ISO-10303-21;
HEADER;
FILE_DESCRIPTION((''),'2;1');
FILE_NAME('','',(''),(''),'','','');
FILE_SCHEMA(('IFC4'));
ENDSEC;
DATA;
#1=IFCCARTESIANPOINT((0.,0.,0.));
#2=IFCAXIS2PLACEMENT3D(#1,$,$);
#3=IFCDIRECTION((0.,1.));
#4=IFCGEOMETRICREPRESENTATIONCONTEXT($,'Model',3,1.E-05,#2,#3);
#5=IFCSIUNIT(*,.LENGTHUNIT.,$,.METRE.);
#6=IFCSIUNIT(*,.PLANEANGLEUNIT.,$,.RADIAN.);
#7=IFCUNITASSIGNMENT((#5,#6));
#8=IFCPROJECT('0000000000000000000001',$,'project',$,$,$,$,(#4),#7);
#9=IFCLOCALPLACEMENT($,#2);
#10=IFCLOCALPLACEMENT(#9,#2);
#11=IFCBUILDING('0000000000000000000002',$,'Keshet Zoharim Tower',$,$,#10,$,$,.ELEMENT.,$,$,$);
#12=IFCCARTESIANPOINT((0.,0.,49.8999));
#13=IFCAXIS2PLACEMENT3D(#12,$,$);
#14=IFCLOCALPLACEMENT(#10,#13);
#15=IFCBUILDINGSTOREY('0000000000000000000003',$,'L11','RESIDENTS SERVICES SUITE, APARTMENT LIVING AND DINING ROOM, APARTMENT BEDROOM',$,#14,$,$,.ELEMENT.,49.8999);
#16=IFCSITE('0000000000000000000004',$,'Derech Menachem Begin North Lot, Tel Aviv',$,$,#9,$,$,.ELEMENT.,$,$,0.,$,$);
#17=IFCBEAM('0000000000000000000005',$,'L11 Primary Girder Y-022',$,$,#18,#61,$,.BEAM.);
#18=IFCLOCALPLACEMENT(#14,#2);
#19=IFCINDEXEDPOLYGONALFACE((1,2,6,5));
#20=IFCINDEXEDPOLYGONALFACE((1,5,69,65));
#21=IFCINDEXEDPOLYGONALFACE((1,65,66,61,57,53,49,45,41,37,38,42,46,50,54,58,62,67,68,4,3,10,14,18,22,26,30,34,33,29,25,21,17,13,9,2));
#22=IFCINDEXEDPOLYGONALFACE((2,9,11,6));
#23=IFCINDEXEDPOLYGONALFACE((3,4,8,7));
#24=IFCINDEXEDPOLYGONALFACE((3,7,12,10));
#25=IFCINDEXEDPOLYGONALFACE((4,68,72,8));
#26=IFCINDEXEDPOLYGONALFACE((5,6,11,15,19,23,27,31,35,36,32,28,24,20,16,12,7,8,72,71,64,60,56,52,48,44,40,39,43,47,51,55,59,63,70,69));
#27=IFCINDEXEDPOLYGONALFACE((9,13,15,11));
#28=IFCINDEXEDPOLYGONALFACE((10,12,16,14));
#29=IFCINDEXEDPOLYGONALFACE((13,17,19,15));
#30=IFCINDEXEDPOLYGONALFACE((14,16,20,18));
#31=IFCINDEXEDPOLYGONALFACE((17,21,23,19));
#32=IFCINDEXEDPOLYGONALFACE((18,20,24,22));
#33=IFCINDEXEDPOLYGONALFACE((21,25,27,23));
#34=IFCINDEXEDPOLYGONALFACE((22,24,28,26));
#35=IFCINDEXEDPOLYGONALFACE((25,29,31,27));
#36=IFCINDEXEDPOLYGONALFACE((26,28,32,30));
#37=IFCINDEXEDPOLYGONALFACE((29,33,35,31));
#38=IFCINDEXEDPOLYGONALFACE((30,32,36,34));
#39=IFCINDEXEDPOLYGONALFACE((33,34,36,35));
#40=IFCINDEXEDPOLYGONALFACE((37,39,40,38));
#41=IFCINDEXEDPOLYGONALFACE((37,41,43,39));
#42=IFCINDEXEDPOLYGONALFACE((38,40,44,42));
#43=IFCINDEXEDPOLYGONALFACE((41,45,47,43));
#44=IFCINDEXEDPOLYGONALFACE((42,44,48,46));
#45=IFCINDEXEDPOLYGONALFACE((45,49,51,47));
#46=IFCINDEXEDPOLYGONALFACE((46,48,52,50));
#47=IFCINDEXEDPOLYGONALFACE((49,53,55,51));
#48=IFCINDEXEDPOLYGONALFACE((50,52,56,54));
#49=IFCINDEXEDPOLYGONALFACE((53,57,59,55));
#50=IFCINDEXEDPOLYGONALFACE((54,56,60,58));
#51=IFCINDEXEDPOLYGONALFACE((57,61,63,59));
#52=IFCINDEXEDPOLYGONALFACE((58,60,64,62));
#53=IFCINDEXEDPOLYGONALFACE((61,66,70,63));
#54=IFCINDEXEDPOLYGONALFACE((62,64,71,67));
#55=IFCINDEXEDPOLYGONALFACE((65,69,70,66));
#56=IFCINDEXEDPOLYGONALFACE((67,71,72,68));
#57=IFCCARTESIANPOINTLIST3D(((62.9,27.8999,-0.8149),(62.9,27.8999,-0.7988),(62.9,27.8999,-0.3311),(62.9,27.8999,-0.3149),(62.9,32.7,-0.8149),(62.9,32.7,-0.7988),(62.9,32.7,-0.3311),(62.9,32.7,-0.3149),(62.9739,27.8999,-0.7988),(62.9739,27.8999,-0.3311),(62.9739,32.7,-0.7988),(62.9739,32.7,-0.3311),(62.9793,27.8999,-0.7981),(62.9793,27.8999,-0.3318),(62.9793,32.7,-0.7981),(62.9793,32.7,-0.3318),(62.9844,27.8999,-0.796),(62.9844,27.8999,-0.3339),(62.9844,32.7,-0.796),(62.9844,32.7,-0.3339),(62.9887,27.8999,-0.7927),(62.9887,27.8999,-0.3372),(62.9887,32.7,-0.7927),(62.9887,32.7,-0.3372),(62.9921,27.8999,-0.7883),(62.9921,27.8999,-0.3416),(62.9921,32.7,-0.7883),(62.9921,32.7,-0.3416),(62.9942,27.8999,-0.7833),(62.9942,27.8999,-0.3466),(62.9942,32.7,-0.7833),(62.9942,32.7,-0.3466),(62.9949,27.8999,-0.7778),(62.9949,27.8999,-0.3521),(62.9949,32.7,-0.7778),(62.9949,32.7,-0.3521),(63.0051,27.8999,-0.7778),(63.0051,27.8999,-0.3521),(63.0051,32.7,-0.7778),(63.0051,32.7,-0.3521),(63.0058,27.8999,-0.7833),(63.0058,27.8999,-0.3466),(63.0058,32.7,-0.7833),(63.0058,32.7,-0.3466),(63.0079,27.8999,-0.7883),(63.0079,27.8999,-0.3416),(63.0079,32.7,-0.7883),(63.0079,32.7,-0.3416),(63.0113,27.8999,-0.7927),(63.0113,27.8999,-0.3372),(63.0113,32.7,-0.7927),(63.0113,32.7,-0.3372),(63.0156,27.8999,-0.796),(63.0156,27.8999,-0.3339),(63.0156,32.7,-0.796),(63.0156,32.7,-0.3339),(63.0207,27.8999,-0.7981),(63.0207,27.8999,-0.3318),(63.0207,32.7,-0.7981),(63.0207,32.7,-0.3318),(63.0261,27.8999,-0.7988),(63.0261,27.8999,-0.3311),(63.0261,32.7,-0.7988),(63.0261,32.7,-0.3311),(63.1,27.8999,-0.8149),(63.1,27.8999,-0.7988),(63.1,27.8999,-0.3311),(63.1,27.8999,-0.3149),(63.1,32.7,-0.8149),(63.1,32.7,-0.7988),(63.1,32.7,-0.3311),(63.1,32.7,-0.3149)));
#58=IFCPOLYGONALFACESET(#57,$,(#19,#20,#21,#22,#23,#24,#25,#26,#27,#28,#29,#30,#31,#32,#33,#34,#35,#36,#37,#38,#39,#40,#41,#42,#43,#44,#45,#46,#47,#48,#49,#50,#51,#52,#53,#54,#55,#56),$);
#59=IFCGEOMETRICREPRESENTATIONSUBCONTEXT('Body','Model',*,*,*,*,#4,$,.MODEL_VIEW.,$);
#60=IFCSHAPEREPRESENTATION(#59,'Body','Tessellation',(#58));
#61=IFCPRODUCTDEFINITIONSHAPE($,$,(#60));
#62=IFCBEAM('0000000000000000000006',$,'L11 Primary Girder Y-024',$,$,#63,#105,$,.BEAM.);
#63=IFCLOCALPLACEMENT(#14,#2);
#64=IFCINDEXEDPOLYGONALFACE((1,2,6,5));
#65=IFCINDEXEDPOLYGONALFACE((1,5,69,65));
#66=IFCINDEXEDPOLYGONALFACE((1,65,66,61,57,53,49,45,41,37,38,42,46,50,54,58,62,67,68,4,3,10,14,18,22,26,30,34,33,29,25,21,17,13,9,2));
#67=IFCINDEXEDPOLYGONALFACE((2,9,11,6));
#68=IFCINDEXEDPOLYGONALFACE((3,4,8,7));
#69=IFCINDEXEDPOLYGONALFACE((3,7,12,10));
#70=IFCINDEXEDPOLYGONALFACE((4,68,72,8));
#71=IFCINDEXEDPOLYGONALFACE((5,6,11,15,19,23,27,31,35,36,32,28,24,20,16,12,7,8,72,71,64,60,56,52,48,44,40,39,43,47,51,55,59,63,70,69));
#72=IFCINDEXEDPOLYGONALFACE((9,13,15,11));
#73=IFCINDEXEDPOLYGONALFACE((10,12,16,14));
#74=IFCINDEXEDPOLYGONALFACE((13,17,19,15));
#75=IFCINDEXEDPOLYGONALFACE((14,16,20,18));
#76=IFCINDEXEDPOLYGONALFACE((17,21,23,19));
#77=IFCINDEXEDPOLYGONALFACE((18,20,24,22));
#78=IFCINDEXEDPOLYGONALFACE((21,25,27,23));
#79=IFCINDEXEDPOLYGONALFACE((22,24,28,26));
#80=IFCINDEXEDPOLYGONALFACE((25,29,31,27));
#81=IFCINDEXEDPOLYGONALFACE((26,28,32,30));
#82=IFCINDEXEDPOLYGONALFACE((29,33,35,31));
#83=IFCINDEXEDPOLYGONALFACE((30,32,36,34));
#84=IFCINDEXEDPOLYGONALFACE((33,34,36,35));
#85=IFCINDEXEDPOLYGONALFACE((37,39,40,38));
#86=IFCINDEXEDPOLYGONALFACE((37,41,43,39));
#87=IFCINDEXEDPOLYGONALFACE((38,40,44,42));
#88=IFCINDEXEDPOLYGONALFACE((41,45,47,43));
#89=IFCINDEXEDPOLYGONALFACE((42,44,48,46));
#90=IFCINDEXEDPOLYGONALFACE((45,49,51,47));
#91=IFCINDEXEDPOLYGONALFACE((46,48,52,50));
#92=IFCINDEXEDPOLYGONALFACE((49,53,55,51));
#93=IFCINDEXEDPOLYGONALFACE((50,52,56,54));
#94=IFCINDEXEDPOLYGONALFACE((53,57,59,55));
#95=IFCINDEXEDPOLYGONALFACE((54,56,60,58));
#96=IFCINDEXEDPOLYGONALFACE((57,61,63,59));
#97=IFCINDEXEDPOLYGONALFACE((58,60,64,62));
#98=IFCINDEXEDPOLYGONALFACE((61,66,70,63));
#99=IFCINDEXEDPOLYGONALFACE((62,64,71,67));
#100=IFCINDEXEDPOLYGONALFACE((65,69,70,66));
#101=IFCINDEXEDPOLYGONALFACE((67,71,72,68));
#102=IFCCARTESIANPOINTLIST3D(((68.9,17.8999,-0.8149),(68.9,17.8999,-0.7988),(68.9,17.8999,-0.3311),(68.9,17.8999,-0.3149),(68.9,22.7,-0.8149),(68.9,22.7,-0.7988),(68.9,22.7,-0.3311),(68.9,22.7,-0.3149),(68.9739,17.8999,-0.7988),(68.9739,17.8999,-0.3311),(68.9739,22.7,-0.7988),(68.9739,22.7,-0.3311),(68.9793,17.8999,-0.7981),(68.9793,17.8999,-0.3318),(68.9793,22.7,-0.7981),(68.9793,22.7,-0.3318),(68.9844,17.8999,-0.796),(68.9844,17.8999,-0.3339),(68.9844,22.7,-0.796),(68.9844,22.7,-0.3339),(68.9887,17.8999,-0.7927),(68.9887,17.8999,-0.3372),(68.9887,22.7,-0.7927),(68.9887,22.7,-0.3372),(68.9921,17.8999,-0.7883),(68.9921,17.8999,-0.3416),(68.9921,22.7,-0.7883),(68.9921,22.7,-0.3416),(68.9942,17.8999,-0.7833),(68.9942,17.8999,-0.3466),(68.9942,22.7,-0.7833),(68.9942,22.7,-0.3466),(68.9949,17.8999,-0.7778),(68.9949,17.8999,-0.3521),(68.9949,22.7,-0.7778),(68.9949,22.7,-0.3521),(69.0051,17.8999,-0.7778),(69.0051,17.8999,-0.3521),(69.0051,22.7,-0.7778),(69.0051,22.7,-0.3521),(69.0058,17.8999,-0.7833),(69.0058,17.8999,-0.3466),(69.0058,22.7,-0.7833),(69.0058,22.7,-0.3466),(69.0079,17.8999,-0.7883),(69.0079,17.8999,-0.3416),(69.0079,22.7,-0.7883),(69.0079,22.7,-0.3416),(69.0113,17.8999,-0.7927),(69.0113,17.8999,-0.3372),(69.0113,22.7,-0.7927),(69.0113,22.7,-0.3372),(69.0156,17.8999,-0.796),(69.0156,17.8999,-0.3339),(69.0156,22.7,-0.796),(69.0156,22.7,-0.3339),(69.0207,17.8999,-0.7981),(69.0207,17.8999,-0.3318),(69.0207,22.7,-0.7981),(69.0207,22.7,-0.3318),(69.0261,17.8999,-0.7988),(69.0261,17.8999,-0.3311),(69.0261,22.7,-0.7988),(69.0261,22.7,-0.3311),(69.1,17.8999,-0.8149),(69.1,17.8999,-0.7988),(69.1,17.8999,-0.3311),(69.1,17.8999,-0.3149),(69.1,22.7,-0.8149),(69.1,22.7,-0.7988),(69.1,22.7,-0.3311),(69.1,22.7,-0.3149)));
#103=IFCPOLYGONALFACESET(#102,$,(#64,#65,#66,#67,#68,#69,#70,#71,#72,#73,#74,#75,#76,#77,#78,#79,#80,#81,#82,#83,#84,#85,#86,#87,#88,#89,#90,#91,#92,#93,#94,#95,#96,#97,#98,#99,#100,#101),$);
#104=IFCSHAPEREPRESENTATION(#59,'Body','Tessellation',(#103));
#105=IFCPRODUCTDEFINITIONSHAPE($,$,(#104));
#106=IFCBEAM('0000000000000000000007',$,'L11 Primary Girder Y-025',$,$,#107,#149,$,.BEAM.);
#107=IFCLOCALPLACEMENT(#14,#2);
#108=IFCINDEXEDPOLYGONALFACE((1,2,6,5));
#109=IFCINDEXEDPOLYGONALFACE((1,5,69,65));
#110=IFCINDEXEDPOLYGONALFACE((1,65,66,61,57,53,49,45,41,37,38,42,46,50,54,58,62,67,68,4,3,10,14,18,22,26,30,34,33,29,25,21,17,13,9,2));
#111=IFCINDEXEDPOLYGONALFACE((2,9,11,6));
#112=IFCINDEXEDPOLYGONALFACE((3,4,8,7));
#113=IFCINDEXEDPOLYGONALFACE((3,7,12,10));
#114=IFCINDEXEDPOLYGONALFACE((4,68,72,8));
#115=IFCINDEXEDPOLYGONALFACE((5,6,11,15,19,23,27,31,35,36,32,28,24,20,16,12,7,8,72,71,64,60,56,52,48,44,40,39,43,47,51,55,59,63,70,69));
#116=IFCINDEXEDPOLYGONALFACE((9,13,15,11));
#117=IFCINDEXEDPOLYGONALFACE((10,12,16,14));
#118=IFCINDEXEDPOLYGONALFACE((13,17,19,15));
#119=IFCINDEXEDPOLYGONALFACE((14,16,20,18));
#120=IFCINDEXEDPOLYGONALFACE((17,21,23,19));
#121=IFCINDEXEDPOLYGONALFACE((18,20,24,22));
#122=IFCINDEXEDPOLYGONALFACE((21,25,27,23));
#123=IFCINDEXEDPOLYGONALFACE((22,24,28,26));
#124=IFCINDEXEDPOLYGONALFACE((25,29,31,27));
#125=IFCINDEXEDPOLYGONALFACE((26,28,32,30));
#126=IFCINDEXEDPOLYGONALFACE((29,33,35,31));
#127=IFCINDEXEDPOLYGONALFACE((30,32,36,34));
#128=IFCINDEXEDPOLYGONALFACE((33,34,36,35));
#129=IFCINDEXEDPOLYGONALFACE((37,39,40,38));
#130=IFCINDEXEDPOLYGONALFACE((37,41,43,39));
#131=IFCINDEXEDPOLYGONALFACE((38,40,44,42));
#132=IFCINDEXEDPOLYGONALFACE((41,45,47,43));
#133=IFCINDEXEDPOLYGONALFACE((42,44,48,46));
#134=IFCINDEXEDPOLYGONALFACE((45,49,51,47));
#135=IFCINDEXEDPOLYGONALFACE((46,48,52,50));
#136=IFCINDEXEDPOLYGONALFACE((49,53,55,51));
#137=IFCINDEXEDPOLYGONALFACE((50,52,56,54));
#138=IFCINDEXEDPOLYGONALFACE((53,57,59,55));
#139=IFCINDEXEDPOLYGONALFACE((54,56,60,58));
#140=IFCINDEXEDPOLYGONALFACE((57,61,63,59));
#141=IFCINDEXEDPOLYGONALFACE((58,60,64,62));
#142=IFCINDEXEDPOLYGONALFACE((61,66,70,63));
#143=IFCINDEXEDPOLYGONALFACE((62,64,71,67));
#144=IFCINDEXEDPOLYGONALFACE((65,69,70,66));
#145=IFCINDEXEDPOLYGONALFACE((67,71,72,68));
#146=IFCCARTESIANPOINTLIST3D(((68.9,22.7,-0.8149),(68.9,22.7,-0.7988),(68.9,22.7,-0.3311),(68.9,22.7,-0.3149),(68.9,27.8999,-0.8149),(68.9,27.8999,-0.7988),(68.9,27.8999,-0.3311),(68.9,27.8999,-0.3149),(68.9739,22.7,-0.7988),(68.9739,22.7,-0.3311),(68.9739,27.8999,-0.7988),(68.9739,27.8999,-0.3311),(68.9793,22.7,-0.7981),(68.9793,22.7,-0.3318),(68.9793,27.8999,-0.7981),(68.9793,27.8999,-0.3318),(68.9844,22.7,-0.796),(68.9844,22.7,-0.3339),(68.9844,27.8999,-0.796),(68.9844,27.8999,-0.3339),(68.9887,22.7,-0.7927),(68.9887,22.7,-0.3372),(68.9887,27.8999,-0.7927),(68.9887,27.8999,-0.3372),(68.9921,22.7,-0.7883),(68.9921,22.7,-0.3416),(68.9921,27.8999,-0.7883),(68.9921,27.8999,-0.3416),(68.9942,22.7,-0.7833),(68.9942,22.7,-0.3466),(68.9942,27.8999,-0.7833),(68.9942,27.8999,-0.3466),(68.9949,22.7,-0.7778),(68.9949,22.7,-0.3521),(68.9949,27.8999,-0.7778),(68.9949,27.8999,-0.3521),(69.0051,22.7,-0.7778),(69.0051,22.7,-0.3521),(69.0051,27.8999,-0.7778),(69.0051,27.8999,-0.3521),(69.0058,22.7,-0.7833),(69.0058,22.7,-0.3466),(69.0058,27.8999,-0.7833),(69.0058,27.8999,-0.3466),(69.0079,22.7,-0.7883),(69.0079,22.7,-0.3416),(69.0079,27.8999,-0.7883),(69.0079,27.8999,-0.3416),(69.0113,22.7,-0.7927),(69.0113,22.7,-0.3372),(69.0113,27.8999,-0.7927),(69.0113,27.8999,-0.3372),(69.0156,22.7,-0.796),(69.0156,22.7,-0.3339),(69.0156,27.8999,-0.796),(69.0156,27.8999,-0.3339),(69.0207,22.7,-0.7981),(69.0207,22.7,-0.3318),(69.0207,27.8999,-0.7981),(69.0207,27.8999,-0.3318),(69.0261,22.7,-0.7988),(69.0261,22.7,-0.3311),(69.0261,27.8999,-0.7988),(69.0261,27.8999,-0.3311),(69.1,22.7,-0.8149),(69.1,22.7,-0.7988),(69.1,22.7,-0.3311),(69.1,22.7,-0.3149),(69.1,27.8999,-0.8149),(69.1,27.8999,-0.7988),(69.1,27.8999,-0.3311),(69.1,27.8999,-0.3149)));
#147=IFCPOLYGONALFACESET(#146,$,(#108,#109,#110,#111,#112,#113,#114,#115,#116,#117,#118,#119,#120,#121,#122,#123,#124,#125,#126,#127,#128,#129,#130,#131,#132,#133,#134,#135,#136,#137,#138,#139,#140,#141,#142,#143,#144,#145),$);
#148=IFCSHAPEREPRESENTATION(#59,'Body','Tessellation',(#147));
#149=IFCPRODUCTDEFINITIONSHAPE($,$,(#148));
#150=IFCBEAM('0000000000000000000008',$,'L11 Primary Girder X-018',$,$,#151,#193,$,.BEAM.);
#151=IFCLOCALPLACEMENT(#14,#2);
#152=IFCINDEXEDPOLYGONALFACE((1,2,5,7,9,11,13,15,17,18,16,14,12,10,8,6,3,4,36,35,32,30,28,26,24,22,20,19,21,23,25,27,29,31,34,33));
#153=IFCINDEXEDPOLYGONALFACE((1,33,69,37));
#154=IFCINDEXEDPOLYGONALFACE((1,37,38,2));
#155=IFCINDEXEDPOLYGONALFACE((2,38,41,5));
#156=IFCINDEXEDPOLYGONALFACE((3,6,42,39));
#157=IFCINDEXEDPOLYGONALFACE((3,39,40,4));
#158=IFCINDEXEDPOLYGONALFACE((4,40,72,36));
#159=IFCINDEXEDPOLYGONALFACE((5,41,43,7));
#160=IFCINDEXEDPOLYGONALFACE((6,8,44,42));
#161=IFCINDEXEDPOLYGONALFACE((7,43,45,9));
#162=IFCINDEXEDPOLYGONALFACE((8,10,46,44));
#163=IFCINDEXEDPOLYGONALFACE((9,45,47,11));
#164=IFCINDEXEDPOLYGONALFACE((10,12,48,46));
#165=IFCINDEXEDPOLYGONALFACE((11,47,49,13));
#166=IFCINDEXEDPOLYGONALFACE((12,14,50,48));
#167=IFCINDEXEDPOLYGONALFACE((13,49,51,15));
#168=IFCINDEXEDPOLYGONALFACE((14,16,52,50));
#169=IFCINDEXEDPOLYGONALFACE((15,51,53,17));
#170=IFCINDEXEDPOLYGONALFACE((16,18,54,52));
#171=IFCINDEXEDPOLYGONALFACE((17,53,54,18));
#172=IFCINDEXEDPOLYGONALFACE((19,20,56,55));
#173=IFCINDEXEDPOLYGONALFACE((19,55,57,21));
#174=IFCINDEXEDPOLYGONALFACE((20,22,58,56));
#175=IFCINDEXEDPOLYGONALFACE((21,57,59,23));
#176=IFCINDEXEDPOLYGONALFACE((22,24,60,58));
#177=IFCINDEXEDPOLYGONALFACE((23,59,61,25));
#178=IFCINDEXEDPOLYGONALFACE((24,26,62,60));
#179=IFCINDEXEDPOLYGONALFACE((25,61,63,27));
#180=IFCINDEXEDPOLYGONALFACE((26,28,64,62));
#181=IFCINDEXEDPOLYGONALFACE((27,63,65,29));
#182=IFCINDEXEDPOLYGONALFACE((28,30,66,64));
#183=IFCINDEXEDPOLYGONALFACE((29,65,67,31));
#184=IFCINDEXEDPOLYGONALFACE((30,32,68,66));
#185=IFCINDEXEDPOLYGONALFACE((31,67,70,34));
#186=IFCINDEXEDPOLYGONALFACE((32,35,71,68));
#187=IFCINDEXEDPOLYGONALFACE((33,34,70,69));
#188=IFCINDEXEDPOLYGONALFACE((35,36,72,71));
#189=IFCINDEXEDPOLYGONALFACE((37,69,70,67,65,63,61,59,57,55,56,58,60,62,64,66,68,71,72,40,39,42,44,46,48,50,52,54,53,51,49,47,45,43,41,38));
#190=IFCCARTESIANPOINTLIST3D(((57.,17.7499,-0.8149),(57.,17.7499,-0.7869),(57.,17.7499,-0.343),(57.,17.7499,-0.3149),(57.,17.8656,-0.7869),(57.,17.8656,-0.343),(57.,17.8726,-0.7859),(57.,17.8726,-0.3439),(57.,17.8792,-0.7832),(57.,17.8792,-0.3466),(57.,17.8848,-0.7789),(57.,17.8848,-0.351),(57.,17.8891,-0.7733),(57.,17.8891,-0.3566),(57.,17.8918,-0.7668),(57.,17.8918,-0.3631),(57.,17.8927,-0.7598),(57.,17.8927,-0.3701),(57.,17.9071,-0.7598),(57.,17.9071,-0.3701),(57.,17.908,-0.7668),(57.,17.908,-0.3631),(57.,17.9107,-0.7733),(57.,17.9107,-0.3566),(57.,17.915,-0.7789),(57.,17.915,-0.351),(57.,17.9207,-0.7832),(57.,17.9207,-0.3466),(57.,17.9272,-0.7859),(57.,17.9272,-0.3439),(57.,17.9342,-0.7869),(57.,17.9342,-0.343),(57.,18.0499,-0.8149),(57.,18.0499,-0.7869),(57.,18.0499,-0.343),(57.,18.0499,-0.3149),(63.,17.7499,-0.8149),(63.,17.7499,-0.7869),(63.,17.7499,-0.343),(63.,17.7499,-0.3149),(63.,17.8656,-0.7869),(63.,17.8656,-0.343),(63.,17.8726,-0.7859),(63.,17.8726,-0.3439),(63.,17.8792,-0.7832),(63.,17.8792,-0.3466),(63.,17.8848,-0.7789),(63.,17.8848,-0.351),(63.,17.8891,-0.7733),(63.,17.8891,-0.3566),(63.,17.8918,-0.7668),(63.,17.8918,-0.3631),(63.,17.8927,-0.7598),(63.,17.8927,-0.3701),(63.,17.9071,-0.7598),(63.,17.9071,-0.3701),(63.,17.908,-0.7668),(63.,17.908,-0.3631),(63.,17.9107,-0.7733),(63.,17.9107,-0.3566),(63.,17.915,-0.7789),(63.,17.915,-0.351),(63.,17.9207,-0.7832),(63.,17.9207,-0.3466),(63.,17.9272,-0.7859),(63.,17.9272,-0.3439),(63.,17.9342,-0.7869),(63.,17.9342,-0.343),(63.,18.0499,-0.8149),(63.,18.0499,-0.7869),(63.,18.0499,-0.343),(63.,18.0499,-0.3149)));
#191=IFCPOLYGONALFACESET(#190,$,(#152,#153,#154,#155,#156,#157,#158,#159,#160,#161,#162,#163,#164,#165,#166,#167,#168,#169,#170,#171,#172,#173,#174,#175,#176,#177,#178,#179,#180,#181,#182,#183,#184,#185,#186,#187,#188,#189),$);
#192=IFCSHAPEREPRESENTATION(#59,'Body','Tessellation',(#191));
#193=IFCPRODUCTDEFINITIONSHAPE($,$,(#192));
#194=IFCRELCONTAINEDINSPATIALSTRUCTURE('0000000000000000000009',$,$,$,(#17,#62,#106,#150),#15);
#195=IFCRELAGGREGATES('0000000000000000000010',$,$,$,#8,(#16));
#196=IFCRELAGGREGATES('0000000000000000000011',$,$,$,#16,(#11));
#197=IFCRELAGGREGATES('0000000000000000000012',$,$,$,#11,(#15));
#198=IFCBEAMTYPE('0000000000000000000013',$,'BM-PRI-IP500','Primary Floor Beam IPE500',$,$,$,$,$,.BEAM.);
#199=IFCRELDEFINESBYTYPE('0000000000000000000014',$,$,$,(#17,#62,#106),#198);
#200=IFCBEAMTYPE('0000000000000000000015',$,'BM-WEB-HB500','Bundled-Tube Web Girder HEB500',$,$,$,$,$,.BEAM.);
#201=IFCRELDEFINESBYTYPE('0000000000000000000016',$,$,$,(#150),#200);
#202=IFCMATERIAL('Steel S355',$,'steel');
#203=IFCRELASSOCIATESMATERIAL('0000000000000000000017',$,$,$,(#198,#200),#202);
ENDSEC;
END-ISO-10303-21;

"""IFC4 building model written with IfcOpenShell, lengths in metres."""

from ifc_helpers import new_model, si_unit, direction, frame, origin, origin_2d, place, context, subcontext, project, spatial, i_section, extrude, material, material_profile, profile_set, type_object, element, save


model = new_model("IFC4")

# Units and contexts
model_context = context("Model", 3, precision=1e-05, world=origin(), true_north=direction((0.0, 1.0)))
body_context = subcontext(model_context, "Body", "Model", "MODEL_VIEW")
ifc_project = project(units=[si_unit("LENGTHUNIT", "METRE"), si_unit("PLANEANGLEUNIT", "RADIAN")], contexts=[model_context])

# Site, building, storey
site_placement = place(None, origin())
site = spatial("IfcSite", under=ifc_project, at=site_placement, Name="Derech Menachem Begin North Lot, Tel Aviv", CompositionType="ELEMENT", RefElevation=0.0)
building_placement = place(site_placement, origin())
building = spatial("IfcBuilding", under=site, at=building_placement, Name="Keshet Zoharim Tower", CompositionType="ELEMENT")
storey_placement = place(building_placement, frame((0.0, 0.0, 49.8999)))
storey = spatial("IfcBuildingStorey", under=building, at=storey_placement, Name="L11", Description="RESIDENTS SERVICES SUITE, APARTMENT LIVING AND DINING ROOM, APARTMENT BEDROOM", CompositionType="ELEMENT", Elevation=49.8999)

# Shared definitions
ifc_material_1 = material(Name="Steel S355", Category="steel")

# Beams
ifc_material_profile_1 = material_profile(ifc_material_1, i_section(OverallWidth=0.2, OverallDepth=0.5, WebThickness=0.0103, FlangeThickness=0.0161, FilletRadius=0.021, at=origin_2d()), Name="IPE500")
ifc_profile_set_1 = profile_set([ifc_material_profile_1], Name="Steel S355")
beam_type_1 = type_object("IfcBeamType", Name="BM-PRI-IP500", Description="Primary Floor Beam IPE500", PredefinedType="BEAM", material=ifc_profile_set_1)
for number, where, z_axis, x_axis, name in (
    (1, (63.0, 27.8999, -0.5649), (0.0, 1.0, 0.0), (-1.0, 0.0, 0.0), "L11 Primary Girder Y-022"),
    (2, (69.0, 17.8999, -0.5649), (0.0, 1.0, 0.0), (-1.0, 0.0, 0.0), "L11 Primary Girder Y-024"),
):
    element("IfcBeam", number, at=place(storey_placement, frame(where, z_axis=z_axis, x_axis=x_axis)), inside=storey, type_object=beam_type_1, Name=name, PredefinedType="BEAM", context=body_context, shape_type="SweptSolid", body=[
        extrude(i_section(OverallWidth=0.2, OverallDepth=0.5, WebThickness=0.0103, FlangeThickness=0.0161, FilletRadius=0.021, at=origin_2d()), origin(), (0.0, 0.0, 1.0), 4.8),
    ])
beam_1_placement = place(storey_placement, frame((69.0, 22.7, -0.5649), z_axis=(0.0, 1.0, 0.0), x_axis=(-1.0, 0.0, 0.0)))
element("IfcBeam", 3, at=beam_1_placement, inside=storey, type_object=beam_type_1, Name="L11 Primary Girder Y-025", PredefinedType="BEAM", context=body_context, shape_type="SweptSolid", body=[
    extrude(i_section(OverallWidth=0.2, OverallDepth=0.5, WebThickness=0.0103, FlangeThickness=0.0161, FilletRadius=0.021, at=origin_2d()), origin(), (0.0, 0.0, 1.0), 5.2),
])
ifc_material_profile_2 = material_profile(ifc_material_1, i_section(OverallWidth=0.3, OverallDepth=0.5, WebThickness=0.0144, FlangeThickness=0.0281, FilletRadius=0.0271, at=origin_2d()), Name="HEB500")
ifc_profile_set_2 = profile_set([ifc_material_profile_2], Name="Steel S355")
beam_type_2 = type_object("IfcBeamType", Name="BM-WEB-HB500", Description="Bundled-Tube Web Girder HEB500", PredefinedType="BEAM", material=ifc_profile_set_2)
for number, where, z_axis, x_axis, name in (
    (4, (57.0, 17.8999, -0.5649), (1.0, 0.0, 0.0), (0.0, 1.0, 0.0), "L11 Primary Girder X-018"),
):
    element("IfcBeam", number, at=place(storey_placement, frame(where, z_axis=z_axis, x_axis=x_axis)), inside=storey, type_object=beam_type_2, Name=name, PredefinedType="BEAM", context=body_context, shape_type="SweptSolid", body=[
        extrude(i_section(OverallWidth=0.3, OverallDepth=0.5, WebThickness=0.0144, FlangeThickness=0.0281, FilletRadius=0.0271, at=origin_2d()), origin(), (0.0, 0.0, 1.0), 6.0),
    ])

save(model, "model.ifc")
